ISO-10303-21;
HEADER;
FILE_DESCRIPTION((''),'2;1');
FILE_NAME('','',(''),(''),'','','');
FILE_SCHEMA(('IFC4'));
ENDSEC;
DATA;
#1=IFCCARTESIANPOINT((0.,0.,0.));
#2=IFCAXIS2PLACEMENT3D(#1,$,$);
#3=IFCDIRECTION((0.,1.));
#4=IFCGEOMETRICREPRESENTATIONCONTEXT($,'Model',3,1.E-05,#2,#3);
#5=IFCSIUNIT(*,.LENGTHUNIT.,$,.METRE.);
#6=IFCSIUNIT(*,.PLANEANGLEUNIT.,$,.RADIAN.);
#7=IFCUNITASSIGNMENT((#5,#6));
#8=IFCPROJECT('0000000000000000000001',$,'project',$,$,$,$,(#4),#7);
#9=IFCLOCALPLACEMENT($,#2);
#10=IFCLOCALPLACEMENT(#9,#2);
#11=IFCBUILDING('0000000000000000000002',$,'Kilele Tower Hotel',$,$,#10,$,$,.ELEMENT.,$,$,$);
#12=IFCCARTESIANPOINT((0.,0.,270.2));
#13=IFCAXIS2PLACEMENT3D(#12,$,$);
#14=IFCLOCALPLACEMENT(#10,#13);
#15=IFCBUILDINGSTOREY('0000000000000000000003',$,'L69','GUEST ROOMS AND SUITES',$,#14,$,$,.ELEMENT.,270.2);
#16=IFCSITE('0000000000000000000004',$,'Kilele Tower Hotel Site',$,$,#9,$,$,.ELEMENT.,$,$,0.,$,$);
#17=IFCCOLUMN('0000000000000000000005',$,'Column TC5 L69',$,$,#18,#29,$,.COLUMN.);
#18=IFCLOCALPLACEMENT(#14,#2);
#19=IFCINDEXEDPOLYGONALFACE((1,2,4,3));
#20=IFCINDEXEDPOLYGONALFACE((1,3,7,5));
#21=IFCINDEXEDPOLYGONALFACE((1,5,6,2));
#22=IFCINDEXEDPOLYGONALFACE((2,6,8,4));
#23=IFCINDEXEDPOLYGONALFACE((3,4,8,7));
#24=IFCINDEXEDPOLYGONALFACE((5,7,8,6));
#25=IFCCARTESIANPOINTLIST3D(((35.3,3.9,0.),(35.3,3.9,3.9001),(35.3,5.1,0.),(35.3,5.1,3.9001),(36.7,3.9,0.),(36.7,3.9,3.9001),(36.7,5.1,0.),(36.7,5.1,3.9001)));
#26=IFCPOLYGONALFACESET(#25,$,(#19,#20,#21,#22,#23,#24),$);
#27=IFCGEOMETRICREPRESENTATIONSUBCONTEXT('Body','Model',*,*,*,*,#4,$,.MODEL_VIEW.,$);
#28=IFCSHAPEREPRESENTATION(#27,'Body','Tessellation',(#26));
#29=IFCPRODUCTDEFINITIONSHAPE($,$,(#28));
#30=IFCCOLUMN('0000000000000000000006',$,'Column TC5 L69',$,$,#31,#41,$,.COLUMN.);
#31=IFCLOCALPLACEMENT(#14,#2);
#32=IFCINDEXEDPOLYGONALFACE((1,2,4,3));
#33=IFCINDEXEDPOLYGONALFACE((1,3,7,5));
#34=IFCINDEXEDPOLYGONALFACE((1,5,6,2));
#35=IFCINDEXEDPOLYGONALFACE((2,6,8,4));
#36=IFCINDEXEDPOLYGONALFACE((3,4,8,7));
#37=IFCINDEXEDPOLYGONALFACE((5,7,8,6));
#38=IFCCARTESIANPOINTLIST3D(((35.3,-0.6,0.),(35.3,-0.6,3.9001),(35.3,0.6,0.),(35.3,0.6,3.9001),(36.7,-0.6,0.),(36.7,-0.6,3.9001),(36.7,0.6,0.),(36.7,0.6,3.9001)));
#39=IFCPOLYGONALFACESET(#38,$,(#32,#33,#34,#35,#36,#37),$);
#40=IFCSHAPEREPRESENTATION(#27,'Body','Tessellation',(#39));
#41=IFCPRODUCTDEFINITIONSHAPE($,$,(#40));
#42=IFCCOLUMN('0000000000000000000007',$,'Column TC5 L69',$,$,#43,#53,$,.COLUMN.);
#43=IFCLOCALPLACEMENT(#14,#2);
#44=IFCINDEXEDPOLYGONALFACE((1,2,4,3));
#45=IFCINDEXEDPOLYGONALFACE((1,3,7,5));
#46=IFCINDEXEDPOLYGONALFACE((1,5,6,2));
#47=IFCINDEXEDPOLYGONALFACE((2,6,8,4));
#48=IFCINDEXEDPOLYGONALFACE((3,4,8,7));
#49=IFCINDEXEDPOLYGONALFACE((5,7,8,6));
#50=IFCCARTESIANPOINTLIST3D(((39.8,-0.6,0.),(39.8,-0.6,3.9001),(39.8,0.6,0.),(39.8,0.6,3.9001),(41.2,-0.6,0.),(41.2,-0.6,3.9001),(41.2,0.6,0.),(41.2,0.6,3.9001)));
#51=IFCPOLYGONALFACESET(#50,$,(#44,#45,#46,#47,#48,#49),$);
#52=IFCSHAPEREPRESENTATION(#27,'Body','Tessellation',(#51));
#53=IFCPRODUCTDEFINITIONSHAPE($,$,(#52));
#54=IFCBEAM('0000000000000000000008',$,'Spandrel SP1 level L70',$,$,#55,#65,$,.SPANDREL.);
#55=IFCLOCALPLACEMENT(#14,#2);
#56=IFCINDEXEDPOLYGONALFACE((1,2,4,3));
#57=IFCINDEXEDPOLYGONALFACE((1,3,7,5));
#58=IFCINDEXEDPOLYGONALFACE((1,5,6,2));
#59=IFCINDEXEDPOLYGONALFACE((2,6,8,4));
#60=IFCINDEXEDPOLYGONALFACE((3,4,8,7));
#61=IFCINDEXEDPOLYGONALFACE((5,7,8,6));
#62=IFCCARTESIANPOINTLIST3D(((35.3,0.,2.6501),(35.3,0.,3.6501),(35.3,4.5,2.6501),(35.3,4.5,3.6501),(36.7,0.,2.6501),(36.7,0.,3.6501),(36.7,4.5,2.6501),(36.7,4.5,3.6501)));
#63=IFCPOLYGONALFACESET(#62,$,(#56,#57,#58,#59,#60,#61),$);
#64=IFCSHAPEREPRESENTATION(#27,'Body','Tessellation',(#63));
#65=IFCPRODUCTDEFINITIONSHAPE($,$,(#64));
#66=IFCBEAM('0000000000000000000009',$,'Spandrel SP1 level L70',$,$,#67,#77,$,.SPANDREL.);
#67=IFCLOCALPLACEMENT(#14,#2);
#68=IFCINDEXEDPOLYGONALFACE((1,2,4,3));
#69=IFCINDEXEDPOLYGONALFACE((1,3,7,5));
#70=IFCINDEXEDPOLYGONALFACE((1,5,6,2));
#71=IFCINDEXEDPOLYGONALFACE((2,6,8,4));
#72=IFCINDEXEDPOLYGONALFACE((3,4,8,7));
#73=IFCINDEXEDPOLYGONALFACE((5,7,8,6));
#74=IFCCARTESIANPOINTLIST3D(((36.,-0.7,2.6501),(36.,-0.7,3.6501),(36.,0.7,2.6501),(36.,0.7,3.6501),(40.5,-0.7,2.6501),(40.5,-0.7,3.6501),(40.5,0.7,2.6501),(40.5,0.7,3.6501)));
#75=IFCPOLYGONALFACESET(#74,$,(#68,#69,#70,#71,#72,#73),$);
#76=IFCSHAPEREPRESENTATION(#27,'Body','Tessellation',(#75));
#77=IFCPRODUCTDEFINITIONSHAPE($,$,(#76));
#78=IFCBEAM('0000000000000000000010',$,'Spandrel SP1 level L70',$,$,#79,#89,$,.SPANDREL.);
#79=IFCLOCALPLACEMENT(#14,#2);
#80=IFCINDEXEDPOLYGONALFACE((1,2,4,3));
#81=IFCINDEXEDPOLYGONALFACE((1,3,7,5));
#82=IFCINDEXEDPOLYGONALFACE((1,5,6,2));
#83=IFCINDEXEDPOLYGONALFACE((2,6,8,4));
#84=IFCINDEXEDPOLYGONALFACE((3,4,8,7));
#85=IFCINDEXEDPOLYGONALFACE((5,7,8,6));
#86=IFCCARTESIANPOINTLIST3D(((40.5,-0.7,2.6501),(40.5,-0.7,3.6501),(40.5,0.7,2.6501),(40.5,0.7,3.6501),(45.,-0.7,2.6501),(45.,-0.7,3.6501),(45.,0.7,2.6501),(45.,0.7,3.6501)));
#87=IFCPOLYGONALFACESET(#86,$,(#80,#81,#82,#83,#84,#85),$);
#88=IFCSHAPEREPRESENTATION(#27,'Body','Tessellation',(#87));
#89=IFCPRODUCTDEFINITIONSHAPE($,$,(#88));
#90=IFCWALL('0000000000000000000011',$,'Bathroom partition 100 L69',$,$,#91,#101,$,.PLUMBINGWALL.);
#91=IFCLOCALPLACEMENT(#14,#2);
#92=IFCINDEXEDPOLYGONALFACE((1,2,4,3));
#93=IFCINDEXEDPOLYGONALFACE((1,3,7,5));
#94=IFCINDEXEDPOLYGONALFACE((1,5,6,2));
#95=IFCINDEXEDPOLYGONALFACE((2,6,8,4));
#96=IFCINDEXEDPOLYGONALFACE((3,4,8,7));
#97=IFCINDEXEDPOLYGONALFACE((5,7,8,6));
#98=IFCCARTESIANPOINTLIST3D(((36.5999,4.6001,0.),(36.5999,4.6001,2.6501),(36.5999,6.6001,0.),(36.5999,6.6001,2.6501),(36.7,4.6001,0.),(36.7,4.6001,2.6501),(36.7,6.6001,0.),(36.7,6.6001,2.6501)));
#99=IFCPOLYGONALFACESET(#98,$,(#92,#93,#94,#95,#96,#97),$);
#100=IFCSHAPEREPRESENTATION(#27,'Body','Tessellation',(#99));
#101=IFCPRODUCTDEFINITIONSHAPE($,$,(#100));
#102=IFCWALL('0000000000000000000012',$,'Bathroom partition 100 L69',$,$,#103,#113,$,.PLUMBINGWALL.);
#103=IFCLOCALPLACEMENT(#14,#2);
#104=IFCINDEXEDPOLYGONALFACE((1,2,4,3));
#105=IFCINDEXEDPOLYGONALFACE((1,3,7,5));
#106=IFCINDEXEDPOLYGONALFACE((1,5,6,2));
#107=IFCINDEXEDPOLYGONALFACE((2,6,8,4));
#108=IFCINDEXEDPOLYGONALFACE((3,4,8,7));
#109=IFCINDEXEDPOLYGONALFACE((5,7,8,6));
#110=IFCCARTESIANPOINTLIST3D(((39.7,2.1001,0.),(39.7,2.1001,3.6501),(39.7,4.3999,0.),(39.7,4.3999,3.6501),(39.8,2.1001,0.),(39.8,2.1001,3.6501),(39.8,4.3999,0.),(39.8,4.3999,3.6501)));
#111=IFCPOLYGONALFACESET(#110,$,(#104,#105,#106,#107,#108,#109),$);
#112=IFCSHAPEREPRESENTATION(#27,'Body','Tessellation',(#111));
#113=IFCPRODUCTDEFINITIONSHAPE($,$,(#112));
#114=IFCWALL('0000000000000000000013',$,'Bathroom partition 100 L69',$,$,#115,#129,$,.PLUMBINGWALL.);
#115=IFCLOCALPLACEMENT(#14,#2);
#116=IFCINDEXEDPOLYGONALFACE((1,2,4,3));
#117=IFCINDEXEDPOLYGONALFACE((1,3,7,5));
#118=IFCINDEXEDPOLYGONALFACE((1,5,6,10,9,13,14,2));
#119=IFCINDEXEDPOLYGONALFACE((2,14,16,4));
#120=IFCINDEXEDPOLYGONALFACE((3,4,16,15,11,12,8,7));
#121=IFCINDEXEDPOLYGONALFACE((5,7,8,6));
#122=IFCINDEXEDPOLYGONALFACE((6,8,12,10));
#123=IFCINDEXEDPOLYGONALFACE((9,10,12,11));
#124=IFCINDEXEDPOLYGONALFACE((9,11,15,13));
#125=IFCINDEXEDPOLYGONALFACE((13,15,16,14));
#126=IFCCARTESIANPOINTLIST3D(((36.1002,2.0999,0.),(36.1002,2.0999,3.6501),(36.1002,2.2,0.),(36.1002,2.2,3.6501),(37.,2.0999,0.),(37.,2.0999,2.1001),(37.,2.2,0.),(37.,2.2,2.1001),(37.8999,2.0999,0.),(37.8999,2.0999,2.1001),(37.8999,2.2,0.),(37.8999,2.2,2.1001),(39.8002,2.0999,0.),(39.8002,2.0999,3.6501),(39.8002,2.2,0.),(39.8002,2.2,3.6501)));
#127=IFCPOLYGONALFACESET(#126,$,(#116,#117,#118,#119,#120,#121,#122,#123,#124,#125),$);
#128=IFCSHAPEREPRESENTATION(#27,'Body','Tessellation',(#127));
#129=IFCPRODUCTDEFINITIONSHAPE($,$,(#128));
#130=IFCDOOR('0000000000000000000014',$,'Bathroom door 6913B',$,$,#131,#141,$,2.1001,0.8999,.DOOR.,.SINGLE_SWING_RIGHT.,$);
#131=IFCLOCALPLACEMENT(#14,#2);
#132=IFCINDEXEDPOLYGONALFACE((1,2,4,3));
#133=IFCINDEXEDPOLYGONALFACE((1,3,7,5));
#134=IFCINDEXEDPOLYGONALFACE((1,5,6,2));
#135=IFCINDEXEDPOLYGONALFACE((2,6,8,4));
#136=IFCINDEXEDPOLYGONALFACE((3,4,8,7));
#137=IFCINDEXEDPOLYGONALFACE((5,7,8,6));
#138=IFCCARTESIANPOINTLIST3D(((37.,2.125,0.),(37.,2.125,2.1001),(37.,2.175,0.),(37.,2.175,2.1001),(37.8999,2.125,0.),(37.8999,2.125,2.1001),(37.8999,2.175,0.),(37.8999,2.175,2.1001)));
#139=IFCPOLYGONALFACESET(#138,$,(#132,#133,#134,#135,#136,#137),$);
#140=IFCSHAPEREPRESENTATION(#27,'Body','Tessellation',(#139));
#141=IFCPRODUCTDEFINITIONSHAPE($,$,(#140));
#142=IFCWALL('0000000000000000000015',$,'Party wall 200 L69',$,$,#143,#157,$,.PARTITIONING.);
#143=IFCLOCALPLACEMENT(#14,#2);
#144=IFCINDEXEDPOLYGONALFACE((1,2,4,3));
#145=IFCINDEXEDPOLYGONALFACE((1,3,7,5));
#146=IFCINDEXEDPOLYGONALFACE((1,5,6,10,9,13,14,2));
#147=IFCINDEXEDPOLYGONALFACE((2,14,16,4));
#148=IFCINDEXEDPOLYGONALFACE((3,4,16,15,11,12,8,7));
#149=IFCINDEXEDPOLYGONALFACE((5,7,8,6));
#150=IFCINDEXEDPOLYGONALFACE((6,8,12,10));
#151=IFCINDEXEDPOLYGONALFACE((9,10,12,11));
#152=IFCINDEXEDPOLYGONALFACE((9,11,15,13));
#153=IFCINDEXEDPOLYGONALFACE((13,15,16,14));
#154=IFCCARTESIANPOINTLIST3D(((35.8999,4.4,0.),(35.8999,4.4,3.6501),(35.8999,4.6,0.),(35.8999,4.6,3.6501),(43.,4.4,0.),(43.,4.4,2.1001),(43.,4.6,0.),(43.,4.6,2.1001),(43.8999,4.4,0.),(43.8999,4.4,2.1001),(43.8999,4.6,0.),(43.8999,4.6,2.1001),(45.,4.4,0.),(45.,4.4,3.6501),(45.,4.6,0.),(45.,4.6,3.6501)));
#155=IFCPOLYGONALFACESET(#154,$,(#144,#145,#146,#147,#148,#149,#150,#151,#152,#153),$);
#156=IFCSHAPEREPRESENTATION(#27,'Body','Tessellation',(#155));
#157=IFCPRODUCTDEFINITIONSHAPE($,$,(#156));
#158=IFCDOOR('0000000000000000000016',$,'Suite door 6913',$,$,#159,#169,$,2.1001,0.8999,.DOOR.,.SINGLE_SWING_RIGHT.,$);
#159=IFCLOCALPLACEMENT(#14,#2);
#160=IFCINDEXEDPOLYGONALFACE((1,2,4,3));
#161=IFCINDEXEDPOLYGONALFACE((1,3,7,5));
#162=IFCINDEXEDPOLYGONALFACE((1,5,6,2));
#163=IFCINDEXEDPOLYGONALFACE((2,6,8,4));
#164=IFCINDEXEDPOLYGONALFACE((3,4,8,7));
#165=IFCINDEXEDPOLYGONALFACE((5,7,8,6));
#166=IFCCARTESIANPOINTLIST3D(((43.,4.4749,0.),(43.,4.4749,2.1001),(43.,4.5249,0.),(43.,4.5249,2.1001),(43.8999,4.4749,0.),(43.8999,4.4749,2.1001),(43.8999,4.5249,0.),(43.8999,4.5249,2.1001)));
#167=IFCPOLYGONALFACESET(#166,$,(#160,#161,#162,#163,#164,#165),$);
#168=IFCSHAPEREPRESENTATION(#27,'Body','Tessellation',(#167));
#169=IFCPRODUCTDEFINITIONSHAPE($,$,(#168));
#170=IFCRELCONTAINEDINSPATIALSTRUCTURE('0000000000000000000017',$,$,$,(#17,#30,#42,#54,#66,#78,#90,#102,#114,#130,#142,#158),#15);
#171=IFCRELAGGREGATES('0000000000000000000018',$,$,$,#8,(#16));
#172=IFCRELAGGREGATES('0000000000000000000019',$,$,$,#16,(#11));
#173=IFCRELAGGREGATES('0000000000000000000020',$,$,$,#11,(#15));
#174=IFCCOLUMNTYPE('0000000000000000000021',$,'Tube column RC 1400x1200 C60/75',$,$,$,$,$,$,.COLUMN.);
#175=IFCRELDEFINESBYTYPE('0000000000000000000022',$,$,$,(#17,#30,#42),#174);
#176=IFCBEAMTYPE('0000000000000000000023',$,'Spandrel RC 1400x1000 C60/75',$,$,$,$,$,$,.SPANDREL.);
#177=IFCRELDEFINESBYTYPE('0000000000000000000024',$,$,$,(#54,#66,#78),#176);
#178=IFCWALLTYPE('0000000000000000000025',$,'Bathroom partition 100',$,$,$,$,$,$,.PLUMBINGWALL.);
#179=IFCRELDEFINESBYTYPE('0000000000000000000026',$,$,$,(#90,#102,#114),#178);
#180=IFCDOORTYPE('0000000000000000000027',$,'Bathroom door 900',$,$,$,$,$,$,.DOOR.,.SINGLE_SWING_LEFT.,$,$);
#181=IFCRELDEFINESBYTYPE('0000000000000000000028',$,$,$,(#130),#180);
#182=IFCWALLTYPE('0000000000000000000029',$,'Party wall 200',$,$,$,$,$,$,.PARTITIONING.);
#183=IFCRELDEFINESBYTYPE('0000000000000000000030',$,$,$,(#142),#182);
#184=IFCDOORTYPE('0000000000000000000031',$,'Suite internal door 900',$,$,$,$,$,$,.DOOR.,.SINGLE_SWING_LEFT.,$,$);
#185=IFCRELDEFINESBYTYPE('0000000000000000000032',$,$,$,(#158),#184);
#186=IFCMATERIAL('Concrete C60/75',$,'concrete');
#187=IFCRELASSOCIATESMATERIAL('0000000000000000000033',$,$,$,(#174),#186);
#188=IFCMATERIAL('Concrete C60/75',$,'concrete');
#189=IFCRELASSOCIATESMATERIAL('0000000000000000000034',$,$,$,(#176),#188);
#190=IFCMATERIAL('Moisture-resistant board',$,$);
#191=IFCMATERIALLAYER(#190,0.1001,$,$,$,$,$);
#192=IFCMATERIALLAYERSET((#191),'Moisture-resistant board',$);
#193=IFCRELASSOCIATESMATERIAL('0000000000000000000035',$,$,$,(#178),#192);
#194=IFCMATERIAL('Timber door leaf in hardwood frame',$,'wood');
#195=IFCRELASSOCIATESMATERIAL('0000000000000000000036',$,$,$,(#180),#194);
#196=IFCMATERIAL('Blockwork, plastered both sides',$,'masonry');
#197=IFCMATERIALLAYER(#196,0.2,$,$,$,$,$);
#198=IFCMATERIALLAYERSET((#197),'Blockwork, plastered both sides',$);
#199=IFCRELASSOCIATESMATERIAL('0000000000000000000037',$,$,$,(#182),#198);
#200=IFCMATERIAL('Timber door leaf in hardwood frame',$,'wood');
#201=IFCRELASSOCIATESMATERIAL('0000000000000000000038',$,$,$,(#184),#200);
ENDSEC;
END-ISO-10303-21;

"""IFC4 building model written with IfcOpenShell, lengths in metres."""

from ifc_helpers import new_model, si_unit, direction, frame, frame_2d, origin, origin_2d, place, context, subcontext, project, spatial, rectangle, extrude, material, layer, layer_set, material_profile, profile_set, type_object, element, fill, save


model = new_model("IFC4")

# Units and contexts
model_context = context("Model", 3, precision=1e-05, world=origin(), true_north=direction((0.0, 1.0)))
body_context = subcontext(model_context, "Body", "Model", "MODEL_VIEW")
ifc_project = project(units=[si_unit("LENGTHUNIT", "METRE"), si_unit("PLANEANGLEUNIT", "RADIAN")], contexts=[model_context])

# Site, building, storey
site_placement = place(None, origin())
site = spatial("IfcSite", under=ifc_project, at=site_placement, Name="Kilele Tower Hotel Site", CompositionType="ELEMENT", RefElevation=0.0)
building_placement = place(site_placement, origin())
building = spatial("IfcBuilding", under=site, at=building_placement, Name="Kilele Tower Hotel", CompositionType="ELEMENT")
storey_placement = place(building_placement, frame((0.0, 0.0, 270.2)))
storey = spatial("IfcBuildingStorey", under=building, at=storey_placement, Name="L69", Description="GUEST ROOMS AND SUITES", CompositionType="ELEMENT", Elevation=270.2)

# Columns
ifc_material_1 = material(Name="Concrete C60/75", Category="concrete")
ifc_material_profile_1 = material_profile(ifc_material_1, rectangle(XDim=1.3999, YDim=1.2, at=origin_2d()))
ifc_profile_set_1 = profile_set([ifc_material_profile_1], Name="Concrete C60/75")
column_type = type_object("IfcColumnType", Name="Tube column RC 1400x1200 C60/75", PredefinedType="COLUMN", material=ifc_profile_set_1)
for number, where, z_axis, x_axis, name in (
    (1, (36.0, 4.5, 0.0), (0.0, 0.0, 1.0), (1.0, 0.0, 0.0), "Column TC5 L69"),
    (2, (36.0, 0.0, 0.0), (0.0, 0.0, 1.0), (1.0, 0.0, 0.0), "Column TC5 L69"),
    (3, (40.5, 0.0, 0.0), (0.0, 0.0, 1.0), (1.0, 0.0, 0.0), "Column TC5 L69"),
):
    element("IfcColumn", number, at=place(storey_placement, frame(where, z_axis=z_axis, x_axis=x_axis)), inside=storey, type_object=column_type, Name=name, PredefinedType="COLUMN", context=body_context, shape_type="SweptSolid", body=[
        extrude(rectangle(XDim=1.3999, YDim=1.2, at=origin_2d()), origin(), (0.0, 0.0, 1.0), 3.9001),
    ])

# Beams
ifc_material_2 = material(Name="Concrete C60/75", Category="concrete")
ifc_material_profile_2 = material_profile(ifc_material_2, rectangle(XDim=1.3999, YDim=1.0, at=origin_2d()))
ifc_profile_set_2 = profile_set([ifc_material_profile_2], Name="Concrete C60/75")
beam_type = type_object("IfcBeamType", Name="Spandrel RC 1400x1000 C60/75", PredefinedType="SPANDREL", material=ifc_profile_set_2)
for number, where, z_axis, x_axis, name in (
    (4, (36.0, 4.5, 3.1501), (0.0, -1.0, 0.0), (1.0, 0.0, 0.0), "Spandrel SP1 level L70"),
    (5, (36.0, 0.0, 3.1501), (1.0, 0.0, 0.0), (0.0, 1.0, 0.0), "Spandrel SP1 level L70"),
    (6, (40.5, 0.0, 3.1501), (1.0, 0.0, 0.0), (0.0, 1.0, 0.0), "Spandrel SP1 level L70"),
):
    element("IfcBeam", number, at=place(storey_placement, frame(where, z_axis=z_axis, x_axis=x_axis)), inside=storey, type_object=beam_type, Name=name, PredefinedType="SPANDREL", context=body_context, shape_type="SweptSolid", body=[
        extrude(rectangle(XDim=1.3999, YDim=1.0, at=origin_2d()), origin(), (0.0, 0.0, 1.0), 4.5),
    ])

# Walls
ifc_material_3 = material(Name="Moisture-resistant board")
ifc_layer_1 = layer(ifc_material_3, 0.1001)
ifc_layer_set_1 = layer_set([ifc_layer_1], Name="Moisture-resistant board")
wall_type_1 = type_object("IfcWallType", Name="Bathroom partition 100", PredefinedType="PLUMBINGWALL", material=ifc_layer_set_1)
wall_1_placement = place(storey_placement, frame((36.6499, 4.6001, 0.0), z_axis=(0.0, 0.0, 1.0), x_axis=(0.0, 1.0, 0.0)))
element("IfcWall", 7, at=wall_1_placement, inside=storey, type_object=wall_type_1, Name="Bathroom partition 100 L69", PredefinedType="PLUMBINGWALL", context=body_context, shape_type="SweptSolid", body=[
    extrude(rectangle(XDim=2.0, YDim=0.1001, at=frame_2d((1.0, 0.0))), origin(), (0.0, 0.0, 1.0), 2.6501),
])
wall_2_placement = place(storey_placement, frame((39.75, 4.3999, 0.0), z_axis=(0.0, 0.0, 1.0), x_axis=(0.0, -1.0, 0.0)))
element("IfcWall", 8, at=wall_2_placement, inside=storey, type_object=wall_type_1, Name="Bathroom partition 100 L69", PredefinedType="PLUMBINGWALL", context=body_context, shape_type="SweptSolid", body=[
    extrude(rectangle(XDim=2.2998, YDim=0.1001, at=frame_2d((1.1499, 0.0))), origin(), (0.0, 0.0, 1.0), 3.6501),
])

# Walls, openings, doors
wall_3_placement = place(storey_placement, frame((36.1001, 2.1499, 0.0), z_axis=(0.0, 0.0, 1.0), x_axis=(1.0, 0.0, 0.0)))
wall_3 = element("IfcWall", 9, at=wall_3_placement, inside=storey, type_object=wall_type_1, Name="Bathroom partition 100 L69", PredefinedType="PLUMBINGWALL", context=body_context, shape_type="SweptSolid", body=[
    extrude(rectangle(XDim=3.7, YDim=0.1001, at=frame_2d((1.8501, 0.0))), origin(), (0.0, 0.0, 1.0), 3.6501),
])
opening_1_placement = place(wall_3_placement, frame((1.7998, 0.0, 0.0), z_axis=(0.0, 0.0, 1.0), x_axis=(-1.0, 0.0, 0.0)))
opening_1 = element("IfcOpeningElement", 10, at=opening_1_placement, cuts=wall_3, PredefinedType="OPENING", context=body_context, shape_type="SweptSolid", body=[
    extrude(rectangle(XDim=0.8999, YDim=2.1001, at=frame_2d((0.45, 1.05))), frame((0.0, 0.0601, 0.0), z_axis=(0.0, -1.0, 0.0), x_axis=(1.0, 0.0, 0.0)), (0.0, 0.0, 1.0), 0.1201),
])
ifc_material_4 = material(Name="Timber door leaf in hardwood frame", Category="wood")
door_type_1 = type_object("IfcDoorType", Name="Bathroom door 900", OperationType="SINGLE_SWING_LEFT", PredefinedType="DOOR", material=ifc_material_4)
door_1_placement = place(opening_1_placement, origin())
door_1 = element("IfcDoor", 11, at=door_1_placement, inside=storey, type_object=door_type_1, Name="Bathroom door 6913B", OperationType="SINGLE_SWING_RIGHT", OverallHeight=2.1001, OverallWidth=0.8999, PredefinedType="DOOR", context=body_context, shape_type="SweptSolid", body=[
    extrude(rectangle(XDim=0.8999, YDim=2.1001, at=frame_2d((0.45, 1.05))), frame((0.0, 0.0249, 0.0), z_axis=(0.0, -1.0, 0.0), x_axis=(1.0, 0.0, 0.0)), (0.0, 0.0, 1.0), 0.05),
])
fill(opening_1, door_1)
ifc_material_5 = material(Name="Blockwork, plastered both sides", Category="masonry")
ifc_layer_2 = layer(ifc_material_5, 0.2)
ifc_layer_set_2 = layer_set([ifc_layer_2], Name="Blockwork, plastered both sides")
wall_type_2 = type_object("IfcWallType", Name="Party wall 200", PredefinedType="PARTITIONING", material=ifc_layer_set_2)
wall_4_placement = place(storey_placement, frame((35.8999, 4.5, 0.0), z_axis=(0.0, 0.0, 1.0), x_axis=(1.0, 0.0, 0.0)))
wall_4 = element("IfcWall", 12, at=wall_4_placement, inside=storey, type_object=wall_type_2, Name="Party wall 200 L69", PredefinedType="PARTITIONING", context=body_context, shape_type="SweptSolid", body=[
    extrude(rectangle(XDim=9.1001, YDim=0.2, at=frame_2d((4.55, 0.0))), origin(), (0.0, 0.0, 1.0), 3.6501),
])
opening_2_placement = place(wall_4_placement, frame((7.1001, 0.0, 0.0)))
opening_2 = element("IfcOpeningElement", 13, at=opening_2_placement, cuts=wall_4, PredefinedType="OPENING", context=body_context, shape_type="SweptSolid", body=[
    extrude(rectangle(XDim=0.8999, YDim=2.1001, at=frame_2d((0.45, 1.05))), frame((0.0, 0.1099, 0.0), z_axis=(0.0, -1.0, 0.0), x_axis=(1.0, 0.0, 0.0)), (0.0, 0.0, 1.0), 0.22),
])
ifc_material_6 = material(Name="Timber door leaf in hardwood frame", Category="wood")
door_type_2 = type_object("IfcDoorType", Name="Suite internal door 900", OperationType="SINGLE_SWING_LEFT", PredefinedType="DOOR", material=ifc_material_6)
door_2_placement = place(opening_2_placement, origin())
door_2 = element("IfcDoor", 14, at=door_2_placement, inside=storey, type_object=door_type_2, Name="Suite door 6913", OperationType="SINGLE_SWING_RIGHT", OverallHeight=2.1001, OverallWidth=0.8999, PredefinedType="DOOR", context=body_context, shape_type="SweptSolid", body=[
    extrude(rectangle(XDim=0.8999, YDim=2.1001, at=frame_2d((0.45, 1.05))), frame((0.0, 0.0249, 0.0), z_axis=(0.0, -1.0, 0.0), x_axis=(1.0, 0.0, 0.0)), (0.0, 0.0, 1.0), 0.05),
])
fill(opening_2, door_2)

save(model, "model.ifc")
